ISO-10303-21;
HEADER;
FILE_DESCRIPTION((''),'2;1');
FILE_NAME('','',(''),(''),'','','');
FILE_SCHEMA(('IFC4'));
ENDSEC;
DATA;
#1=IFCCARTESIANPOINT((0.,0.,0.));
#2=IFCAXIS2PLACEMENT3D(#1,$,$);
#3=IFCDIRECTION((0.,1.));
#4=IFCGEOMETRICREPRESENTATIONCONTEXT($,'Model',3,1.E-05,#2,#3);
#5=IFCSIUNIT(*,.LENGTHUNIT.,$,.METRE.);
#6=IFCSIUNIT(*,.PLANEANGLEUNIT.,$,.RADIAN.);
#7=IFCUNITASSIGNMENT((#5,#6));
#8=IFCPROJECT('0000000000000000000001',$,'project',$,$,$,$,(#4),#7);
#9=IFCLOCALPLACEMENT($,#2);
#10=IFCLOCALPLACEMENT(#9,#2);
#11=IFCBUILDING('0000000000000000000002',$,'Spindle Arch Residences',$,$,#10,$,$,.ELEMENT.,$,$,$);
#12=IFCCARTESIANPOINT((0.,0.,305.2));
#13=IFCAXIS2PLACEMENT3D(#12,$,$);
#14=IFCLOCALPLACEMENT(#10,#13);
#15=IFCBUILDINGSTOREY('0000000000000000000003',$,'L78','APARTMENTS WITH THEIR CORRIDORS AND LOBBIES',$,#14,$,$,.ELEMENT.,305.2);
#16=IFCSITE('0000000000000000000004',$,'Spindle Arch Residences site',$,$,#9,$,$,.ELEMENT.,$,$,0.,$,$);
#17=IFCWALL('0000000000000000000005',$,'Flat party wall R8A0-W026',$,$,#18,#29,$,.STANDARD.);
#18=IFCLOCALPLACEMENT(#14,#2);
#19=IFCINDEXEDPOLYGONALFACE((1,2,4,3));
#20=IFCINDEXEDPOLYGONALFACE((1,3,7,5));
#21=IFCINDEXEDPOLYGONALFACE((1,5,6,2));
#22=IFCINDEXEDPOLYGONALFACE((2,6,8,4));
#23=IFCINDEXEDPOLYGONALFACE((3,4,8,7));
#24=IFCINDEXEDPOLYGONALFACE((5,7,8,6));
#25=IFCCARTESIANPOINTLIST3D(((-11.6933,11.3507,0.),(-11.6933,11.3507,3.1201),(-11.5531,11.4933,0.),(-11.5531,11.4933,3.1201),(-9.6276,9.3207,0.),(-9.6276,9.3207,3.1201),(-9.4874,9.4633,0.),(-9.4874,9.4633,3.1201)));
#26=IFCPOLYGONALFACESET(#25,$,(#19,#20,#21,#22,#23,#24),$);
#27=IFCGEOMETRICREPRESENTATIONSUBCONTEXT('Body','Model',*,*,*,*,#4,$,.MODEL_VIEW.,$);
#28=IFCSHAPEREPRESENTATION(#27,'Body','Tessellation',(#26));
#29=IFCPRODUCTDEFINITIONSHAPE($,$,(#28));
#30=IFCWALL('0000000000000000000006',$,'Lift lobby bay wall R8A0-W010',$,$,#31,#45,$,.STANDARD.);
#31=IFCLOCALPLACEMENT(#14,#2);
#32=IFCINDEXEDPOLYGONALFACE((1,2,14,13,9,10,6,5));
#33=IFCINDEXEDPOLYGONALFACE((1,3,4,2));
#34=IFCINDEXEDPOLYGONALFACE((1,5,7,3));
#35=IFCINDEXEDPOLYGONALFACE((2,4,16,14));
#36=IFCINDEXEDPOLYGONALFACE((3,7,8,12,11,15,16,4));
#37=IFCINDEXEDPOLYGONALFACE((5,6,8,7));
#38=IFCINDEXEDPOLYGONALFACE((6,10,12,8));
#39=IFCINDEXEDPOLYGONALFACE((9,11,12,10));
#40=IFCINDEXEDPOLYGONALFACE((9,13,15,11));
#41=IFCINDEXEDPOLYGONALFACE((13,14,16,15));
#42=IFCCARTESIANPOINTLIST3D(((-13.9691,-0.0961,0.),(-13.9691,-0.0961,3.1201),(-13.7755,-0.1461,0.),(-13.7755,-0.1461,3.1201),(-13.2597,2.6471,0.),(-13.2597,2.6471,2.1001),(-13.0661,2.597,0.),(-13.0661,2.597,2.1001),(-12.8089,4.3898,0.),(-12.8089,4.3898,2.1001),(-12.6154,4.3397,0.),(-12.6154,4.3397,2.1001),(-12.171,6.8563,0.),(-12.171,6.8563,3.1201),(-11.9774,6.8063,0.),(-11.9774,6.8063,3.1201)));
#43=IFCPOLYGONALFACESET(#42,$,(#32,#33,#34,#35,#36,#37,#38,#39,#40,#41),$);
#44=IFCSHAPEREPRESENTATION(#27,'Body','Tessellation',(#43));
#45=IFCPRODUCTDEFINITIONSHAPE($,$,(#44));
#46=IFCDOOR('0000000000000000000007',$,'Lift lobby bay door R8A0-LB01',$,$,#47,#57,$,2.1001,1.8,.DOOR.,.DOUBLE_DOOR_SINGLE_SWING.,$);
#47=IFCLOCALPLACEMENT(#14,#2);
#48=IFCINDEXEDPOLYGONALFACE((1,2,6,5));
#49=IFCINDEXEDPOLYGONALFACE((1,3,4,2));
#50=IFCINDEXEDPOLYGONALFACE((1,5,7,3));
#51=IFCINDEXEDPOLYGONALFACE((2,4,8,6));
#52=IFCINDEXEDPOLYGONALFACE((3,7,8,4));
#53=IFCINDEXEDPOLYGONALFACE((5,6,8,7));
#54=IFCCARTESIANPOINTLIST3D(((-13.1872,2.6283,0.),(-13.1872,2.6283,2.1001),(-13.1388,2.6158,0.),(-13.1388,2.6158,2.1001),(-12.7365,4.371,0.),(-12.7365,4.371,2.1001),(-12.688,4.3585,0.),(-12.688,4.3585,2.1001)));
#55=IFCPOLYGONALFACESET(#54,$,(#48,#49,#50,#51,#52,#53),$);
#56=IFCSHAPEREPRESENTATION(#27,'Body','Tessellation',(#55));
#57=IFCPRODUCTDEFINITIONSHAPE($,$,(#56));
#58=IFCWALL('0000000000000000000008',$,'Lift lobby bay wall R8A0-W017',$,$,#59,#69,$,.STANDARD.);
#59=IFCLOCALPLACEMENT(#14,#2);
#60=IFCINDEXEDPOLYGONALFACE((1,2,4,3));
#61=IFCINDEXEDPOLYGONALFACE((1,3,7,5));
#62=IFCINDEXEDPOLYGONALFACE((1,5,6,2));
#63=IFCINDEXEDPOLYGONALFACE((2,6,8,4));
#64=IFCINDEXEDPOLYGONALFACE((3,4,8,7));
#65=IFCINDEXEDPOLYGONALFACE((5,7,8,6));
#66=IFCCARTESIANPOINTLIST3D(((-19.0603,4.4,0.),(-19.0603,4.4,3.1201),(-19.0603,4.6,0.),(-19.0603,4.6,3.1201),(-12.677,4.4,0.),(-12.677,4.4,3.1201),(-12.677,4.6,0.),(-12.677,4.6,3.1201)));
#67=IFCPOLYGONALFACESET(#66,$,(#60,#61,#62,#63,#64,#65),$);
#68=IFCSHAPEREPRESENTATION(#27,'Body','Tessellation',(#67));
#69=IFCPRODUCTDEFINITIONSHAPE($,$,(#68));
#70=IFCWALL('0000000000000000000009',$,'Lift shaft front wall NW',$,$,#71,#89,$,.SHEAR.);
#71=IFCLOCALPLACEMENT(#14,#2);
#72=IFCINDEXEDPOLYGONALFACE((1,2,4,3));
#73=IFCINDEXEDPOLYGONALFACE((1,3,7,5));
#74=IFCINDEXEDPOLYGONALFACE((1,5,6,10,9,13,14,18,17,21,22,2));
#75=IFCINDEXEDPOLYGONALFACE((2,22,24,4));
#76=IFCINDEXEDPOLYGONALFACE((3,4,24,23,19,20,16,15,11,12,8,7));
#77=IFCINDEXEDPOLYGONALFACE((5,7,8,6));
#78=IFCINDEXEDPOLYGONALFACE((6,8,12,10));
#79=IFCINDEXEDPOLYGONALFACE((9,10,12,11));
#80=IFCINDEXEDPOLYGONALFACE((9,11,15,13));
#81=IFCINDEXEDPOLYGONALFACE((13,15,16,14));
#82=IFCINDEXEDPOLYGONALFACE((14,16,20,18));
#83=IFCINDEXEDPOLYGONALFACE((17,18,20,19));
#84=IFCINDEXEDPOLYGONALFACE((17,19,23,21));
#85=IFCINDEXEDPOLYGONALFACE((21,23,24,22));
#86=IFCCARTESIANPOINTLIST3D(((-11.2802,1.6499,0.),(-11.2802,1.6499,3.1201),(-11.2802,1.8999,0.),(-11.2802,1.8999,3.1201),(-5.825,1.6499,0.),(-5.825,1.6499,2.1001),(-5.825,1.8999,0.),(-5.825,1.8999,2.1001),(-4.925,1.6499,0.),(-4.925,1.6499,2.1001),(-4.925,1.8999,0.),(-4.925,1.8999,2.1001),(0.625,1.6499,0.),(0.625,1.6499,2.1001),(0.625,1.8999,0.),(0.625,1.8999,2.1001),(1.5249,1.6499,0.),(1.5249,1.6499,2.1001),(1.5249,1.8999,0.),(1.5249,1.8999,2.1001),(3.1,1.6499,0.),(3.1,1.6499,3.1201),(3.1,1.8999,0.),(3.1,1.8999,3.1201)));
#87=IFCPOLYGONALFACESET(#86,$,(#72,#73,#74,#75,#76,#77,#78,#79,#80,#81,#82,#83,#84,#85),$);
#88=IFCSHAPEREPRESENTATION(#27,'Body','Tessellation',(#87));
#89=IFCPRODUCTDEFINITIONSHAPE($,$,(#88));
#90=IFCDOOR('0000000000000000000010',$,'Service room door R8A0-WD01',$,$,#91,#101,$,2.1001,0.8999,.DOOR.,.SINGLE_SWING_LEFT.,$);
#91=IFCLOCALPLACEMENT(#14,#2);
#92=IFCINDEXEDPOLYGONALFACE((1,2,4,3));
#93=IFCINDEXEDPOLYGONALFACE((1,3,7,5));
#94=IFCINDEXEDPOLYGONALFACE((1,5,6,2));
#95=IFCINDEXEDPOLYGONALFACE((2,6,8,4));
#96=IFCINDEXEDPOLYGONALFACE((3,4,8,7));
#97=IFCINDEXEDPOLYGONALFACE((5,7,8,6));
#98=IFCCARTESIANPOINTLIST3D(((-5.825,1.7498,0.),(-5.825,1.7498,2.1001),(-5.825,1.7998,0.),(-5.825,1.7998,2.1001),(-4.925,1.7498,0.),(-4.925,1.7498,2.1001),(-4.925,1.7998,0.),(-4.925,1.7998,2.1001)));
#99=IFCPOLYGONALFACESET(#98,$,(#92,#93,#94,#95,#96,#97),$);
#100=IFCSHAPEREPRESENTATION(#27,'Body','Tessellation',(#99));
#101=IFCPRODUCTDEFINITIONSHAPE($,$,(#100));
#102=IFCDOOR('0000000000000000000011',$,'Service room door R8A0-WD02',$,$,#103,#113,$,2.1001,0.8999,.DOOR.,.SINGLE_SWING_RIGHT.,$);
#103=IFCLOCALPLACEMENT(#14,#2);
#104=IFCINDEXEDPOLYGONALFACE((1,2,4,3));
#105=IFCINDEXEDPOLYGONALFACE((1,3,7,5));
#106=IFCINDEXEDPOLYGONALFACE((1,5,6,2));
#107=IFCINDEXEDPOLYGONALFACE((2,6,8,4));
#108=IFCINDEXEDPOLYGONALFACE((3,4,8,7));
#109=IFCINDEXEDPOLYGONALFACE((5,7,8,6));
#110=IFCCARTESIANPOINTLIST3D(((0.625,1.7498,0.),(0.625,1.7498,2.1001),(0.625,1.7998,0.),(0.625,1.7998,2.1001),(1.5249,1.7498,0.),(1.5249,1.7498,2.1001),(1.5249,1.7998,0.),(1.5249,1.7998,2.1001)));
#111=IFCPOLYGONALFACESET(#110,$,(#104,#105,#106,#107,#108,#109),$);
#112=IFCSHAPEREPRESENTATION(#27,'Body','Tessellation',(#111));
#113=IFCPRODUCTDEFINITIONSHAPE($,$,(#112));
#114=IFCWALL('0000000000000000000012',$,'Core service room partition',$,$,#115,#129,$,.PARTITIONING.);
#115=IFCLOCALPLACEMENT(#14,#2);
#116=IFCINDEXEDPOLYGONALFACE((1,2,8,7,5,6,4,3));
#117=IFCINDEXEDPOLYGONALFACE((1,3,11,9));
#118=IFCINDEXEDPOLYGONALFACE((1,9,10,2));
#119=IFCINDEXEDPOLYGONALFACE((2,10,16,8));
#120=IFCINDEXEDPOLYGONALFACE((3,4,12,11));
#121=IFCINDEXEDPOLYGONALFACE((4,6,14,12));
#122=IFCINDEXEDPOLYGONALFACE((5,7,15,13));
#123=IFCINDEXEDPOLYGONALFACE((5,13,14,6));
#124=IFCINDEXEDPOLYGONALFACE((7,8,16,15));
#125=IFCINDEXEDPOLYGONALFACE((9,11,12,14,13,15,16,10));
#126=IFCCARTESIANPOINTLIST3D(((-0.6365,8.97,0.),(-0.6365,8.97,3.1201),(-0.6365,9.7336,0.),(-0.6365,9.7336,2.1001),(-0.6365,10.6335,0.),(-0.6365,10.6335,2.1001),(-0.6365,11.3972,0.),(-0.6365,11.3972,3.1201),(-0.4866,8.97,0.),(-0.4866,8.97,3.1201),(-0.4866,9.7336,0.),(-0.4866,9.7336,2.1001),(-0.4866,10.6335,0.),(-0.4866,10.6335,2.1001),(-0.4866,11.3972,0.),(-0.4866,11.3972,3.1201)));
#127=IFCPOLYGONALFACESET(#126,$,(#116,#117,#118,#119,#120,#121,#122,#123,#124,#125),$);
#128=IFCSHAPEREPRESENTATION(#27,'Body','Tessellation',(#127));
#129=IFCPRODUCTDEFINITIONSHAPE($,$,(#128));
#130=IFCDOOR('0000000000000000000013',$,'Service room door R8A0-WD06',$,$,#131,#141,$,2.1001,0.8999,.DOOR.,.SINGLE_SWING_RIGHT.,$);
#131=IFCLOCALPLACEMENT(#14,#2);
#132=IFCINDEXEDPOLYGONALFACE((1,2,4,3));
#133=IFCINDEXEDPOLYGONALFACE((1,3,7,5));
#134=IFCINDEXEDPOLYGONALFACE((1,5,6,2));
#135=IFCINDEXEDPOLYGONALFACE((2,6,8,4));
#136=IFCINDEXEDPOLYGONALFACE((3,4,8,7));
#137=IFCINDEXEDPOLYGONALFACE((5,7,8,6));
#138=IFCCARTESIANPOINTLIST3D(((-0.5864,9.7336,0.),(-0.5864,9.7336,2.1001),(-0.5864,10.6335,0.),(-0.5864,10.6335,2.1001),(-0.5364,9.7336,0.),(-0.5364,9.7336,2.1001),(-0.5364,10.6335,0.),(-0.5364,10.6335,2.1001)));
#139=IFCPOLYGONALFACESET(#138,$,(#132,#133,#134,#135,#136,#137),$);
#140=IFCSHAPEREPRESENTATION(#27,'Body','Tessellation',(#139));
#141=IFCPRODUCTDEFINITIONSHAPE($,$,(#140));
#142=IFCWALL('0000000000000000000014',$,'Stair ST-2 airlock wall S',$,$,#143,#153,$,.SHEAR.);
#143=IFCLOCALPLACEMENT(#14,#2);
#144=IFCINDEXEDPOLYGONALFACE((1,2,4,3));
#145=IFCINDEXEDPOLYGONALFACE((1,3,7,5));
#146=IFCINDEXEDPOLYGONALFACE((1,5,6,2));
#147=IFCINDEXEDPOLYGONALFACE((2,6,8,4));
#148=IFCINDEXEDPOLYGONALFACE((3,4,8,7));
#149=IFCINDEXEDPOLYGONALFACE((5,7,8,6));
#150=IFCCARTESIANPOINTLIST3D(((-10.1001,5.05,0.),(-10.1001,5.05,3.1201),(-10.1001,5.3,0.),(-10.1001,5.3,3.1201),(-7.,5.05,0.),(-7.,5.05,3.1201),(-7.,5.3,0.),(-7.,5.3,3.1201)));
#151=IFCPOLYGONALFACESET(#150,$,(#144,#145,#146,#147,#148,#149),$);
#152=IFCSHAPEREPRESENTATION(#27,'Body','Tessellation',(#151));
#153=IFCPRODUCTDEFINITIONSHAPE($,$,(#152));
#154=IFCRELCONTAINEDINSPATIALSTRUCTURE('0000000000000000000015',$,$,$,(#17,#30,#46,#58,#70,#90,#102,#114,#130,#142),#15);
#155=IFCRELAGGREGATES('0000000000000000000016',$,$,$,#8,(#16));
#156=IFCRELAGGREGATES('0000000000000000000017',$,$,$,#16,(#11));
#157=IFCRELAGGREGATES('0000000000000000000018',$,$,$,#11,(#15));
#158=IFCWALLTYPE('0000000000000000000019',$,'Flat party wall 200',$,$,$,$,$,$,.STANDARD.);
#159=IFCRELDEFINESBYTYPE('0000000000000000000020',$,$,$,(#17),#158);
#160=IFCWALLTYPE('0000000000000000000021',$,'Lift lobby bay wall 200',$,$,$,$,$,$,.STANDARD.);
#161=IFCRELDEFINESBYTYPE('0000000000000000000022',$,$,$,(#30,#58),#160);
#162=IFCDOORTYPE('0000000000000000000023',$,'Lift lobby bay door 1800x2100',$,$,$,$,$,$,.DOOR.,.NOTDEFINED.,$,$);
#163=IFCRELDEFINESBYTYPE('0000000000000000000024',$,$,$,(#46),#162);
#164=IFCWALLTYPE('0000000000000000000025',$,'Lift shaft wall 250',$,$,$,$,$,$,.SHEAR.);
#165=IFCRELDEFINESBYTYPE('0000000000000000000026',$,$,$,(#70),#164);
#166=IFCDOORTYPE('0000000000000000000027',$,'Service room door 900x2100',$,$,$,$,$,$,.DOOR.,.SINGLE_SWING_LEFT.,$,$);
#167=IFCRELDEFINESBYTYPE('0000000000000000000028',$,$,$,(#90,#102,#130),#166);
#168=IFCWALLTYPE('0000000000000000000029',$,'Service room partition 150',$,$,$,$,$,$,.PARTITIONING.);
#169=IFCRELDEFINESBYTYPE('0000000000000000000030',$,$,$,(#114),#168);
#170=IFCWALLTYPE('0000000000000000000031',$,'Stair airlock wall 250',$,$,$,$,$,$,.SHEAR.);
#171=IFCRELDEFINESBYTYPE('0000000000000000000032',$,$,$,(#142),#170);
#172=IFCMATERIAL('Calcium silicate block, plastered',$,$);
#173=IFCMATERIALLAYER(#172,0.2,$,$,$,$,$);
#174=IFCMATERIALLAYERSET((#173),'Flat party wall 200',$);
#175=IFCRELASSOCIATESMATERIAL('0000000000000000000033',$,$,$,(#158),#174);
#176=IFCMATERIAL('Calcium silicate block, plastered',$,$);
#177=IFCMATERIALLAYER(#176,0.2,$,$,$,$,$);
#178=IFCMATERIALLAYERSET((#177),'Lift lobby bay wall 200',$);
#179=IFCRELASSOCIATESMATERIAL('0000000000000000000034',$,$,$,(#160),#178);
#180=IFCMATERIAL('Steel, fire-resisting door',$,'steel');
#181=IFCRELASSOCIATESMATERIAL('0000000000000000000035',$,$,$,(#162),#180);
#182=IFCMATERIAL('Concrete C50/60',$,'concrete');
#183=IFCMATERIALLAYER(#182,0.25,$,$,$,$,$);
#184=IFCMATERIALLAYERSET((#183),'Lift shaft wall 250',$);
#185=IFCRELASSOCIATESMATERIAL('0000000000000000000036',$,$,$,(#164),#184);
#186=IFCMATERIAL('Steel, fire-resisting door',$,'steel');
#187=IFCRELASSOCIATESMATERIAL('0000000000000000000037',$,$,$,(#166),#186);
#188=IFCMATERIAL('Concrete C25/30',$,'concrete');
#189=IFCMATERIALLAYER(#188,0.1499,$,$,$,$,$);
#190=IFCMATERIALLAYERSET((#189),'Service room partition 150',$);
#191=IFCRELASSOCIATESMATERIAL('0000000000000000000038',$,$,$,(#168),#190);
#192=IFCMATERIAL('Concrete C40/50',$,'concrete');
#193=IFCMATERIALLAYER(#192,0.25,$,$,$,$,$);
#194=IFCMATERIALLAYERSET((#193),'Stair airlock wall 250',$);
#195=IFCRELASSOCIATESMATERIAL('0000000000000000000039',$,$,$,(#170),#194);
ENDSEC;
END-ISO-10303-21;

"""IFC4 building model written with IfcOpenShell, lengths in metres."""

from ifc_helpers import new_model, si_unit, direction, frame, frame_2d, origin, place, context, subcontext, project, spatial, rectangle, extrude, material, layer, layer_set, type_object, element, fill, save


model = new_model("IFC4")

# Units and contexts
model_context = context("Model", 3, precision=1e-05, world=origin(), true_north=direction((0.0, 1.0)))
body_context = subcontext(model_context, "Body", "Model", "MODEL_VIEW")
ifc_project = project(units=[si_unit("LENGTHUNIT", "METRE"), si_unit("PLANEANGLEUNIT", "RADIAN")], contexts=[model_context])

# Site, building, storey
site_placement = place(None, origin())
site = spatial("IfcSite", under=ifc_project, at=site_placement, Name="Spindle Arch Residences site", CompositionType="ELEMENT", RefElevation=0.0)
building_placement = place(site_placement, origin())
building = spatial("IfcBuilding", under=site, at=building_placement, Name="Spindle Arch Residences", CompositionType="ELEMENT")
storey_placement = place(building_placement, frame((0.0, 0.0, 305.2)))
storey = spatial("IfcBuildingStorey", under=building, at=storey_placement, Name="L78", Description="APARTMENTS WITH THEIR CORRIDORS AND LOBBIES", CompositionType="ELEMENT", Elevation=305.2)

# Wall
ifc_material_1 = material(Name="Calcium silicate block, plastered")
ifc_layer_1 = layer(ifc_material_1, 0.2)
ifc_layer_set_1 = layer_set([ifc_layer_1], Name="Flat party wall 200")
wall_type_1 = type_object("IfcWallType", Name="Flat party wall 200", PredefinedType="STANDARD", material=ifc_layer_set_1)
wall_1_placement = place(storey_placement, frame((-11.6233, 11.4221, 0.0), z_axis=(0.0, 0.0, 1.0), x_axis=(0.713234, -0.700926, 0.0)))
element("IfcWall", 1, at=wall_1_placement, inside=storey, type_object=wall_type_1, Name="Flat party wall R8A0-W026", PredefinedType="STANDARD", context=body_context, shape_type="SweptSolid", body=[
    extrude(rectangle(XDim=2.8962, YDim=0.2, at=frame_2d((1.4482, 0.0))), origin(), (0.0, 0.0, 1.0), 3.1201),
])

# Wall, opening, door
ifc_material_2 = material(Name="Calcium silicate block, plastered")
ifc_layer_2 = layer(ifc_material_2, 0.2)
ifc_layer_set_2 = layer_set([ifc_layer_2], Name="Lift lobby bay wall 200")
wall_type_2 = type_object("IfcWallType", Name="Lift lobby bay wall 200", PredefinedType="STANDARD", material=ifc_layer_set_2)
wall_2_placement = place(storey_placement, frame((-12.0742, 6.8313, 0.0), z_axis=(0.0, 0.0, 1.0), x_axis=(-0.250391, -0.968145, 0.0)))
wall_2 = element("IfcWall", 2, at=wall_2_placement, inside=storey, type_object=wall_type_2, Name="Lift lobby bay wall R8A0-W010", PredefinedType="STANDARD", context=body_context, shape_type="SweptSolid", body=[
    extrude(rectangle(XDim=7.1812, YDim=0.2, at=frame_2d((3.5906, 0.0))), origin(), (0.0, 0.0, 1.0), 3.1201),
])
opening_1_placement = place(wall_2_placement, frame((2.5479, 0.0, 0.0)))
opening_1 = element("IfcOpeningElement", 3, at=opening_1_placement, cuts=wall_2, PredefinedType="OPENING", context=body_context, shape_type="SweptSolid", body=[
    extrude(rectangle(XDim=1.8, YDim=2.1001, at=frame_2d((0.8999, 1.05))), frame((0.0, 0.1099, 0.0), z_axis=(0.0, -1.0, 0.0), x_axis=(1.0, 0.0, 0.0)), (0.0, 0.0, 1.0), 0.22),
])
ifc_material_3 = material(Name="Steel, fire-resisting door", Category="steel")
door_type_1 = type_object("IfcDoorType", Name="Lift lobby bay door 1800x2100", OperationType="NOTDEFINED", PredefinedType="DOOR", material=ifc_material_3)
door_1_placement = place(opening_1_placement, origin())
door_1 = element("IfcDoor", 4, at=door_1_placement, inside=storey, type_object=door_type_1, Name="Lift lobby bay door R8A0-LB01", OperationType="DOUBLE_DOOR_SINGLE_SWING", OverallHeight=2.1001, OverallWidth=1.8, PredefinedType="DOOR", context=body_context, shape_type="SweptSolid", body=[
    extrude(rectangle(XDim=1.8, YDim=2.1001, at=frame_2d((0.8999, 1.05))), frame((0.0, 0.0249, 0.0), z_axis=(0.0, -1.0, 0.0), x_axis=(1.0, 0.0, 0.0)), (0.0, 0.0, 1.0), 0.05),
])
fill(opening_1, door_1)

# Wall
wall_3_placement = place(storey_placement, frame((-12.677, 4.5, 0.0), z_axis=(0.0, 0.0, 1.0), x_axis=(-1.0, 0.0, 0.0)))
element("IfcWall", 5, at=wall_3_placement, inside=storey, type_object=wall_type_2, Name="Lift lobby bay wall R8A0-W017", PredefinedType="STANDARD", context=body_context, shape_type="SweptSolid", body=[
    extrude(rectangle(XDim=6.3833, YDim=0.2, at=frame_2d((3.1917, 0.0))), origin(), (0.0, 0.0, 1.0), 3.1201),
])

# Wall, openings, doors
ifc_material_4 = material(Name="Concrete C50/60", Category="concrete")
ifc_layer_3 = layer(ifc_material_4, 0.25)
ifc_layer_set_3 = layer_set([ifc_layer_3], Name="Lift shaft wall 250")
wall_type_3 = type_object("IfcWallType", Name="Lift shaft wall 250", PredefinedType="SHEAR", material=ifc_layer_set_3)
wall_4_placement = place(storey_placement, frame((-11.28, 1.7749, 0.0), z_axis=(0.0, 0.0, 1.0), x_axis=(1.0, 0.0, 0.0)))
wall_4 = element("IfcWall", 6, at=wall_4_placement, inside=storey, type_object=wall_type_3, Name="Lift shaft front wall NW", PredefinedType="SHEAR", context=body_context, shape_type="SweptSolid", body=[
    extrude(rectangle(XDim=14.3801, YDim=0.25, at=frame_2d((7.1899, 0.0))), origin(), (0.0, 0.0, 1.0), 3.1201),
])
opening_2_placement = place(wall_4_placement, frame((5.4551, 0.0, 0.0)))
opening_2 = element("IfcOpeningElement", 7, at=opening_2_placement, cuts=wall_4, PredefinedType="OPENING", context=body_context, shape_type="SweptSolid", body=[
    extrude(rectangle(XDim=0.8999, YDim=2.1001, at=frame_2d((0.45, 1.05))), frame((0.0, 0.135, 0.0), z_axis=(0.0, -1.0, 0.0), x_axis=(1.0, 0.0, 0.0)), (0.0, 0.0, 1.0), 0.27),
])
opening_3_placement = place(wall_4_placement, frame((11.905, 0.0, 0.0)))
opening_3 = element("IfcOpeningElement", 8, at=opening_3_placement, cuts=wall_4, PredefinedType="OPENING", context=body_context, shape_type="SweptSolid", body=[
    extrude(rectangle(XDim=0.8999, YDim=2.1001, at=frame_2d((0.45, 1.05))), frame((0.0, 0.135, 0.0), z_axis=(0.0, -1.0, 0.0), x_axis=(1.0, 0.0, 0.0)), (0.0, 0.0, 1.0), 0.27),
])
ifc_material_5 = material(Name="Steel, fire-resisting door", Category="steel")
door_type_2 = type_object("IfcDoorType", Name="Service room door 900x2100", OperationType="SINGLE_SWING_LEFT", PredefinedType="DOOR", material=ifc_material_5)
door_2_placement = place(opening_2_placement, origin())
door_2 = element("IfcDoor", 9, at=door_2_placement, inside=storey, type_object=door_type_2, Name="Service room door R8A0-WD01", OperationType="SINGLE_SWING_LEFT", OverallHeight=2.1001, OverallWidth=0.8999, PredefinedType="DOOR", context=body_context, shape_type="SweptSolid", body=[
    extrude(rectangle(XDim=0.8999, YDim=2.1001, at=frame_2d((0.45, 1.05))), frame((0.0, 0.0249, 0.0), z_axis=(0.0, -1.0, 0.0), x_axis=(1.0, 0.0, 0.0)), (0.0, 0.0, 1.0), 0.05),
])
fill(opening_2, door_2)
door_3_placement = place(opening_3_placement, origin())
door_3 = element("IfcDoor", 10, at=door_3_placement, inside=storey, type_object=door_type_2, Name="Service room door R8A0-WD02", OperationType="SINGLE_SWING_RIGHT", OverallHeight=2.1001, OverallWidth=0.8999, PredefinedType="DOOR", context=body_context, shape_type="SweptSolid", body=[
    extrude(rectangle(XDim=0.8999, YDim=2.1001, at=frame_2d((0.45, 1.05))), frame((0.0, 0.0249, 0.0), z_axis=(0.0, -1.0, 0.0), x_axis=(1.0, 0.0, 0.0)), (0.0, 0.0, 1.0), 0.05),
])
fill(opening_3, door_3)

# Wall, opening, door
ifc_material_6 = material(Name="Concrete C25/30", Category="concrete")
ifc_layer_4 = layer(ifc_material_6, 0.1499)
ifc_layer_set_4 = layer_set([ifc_layer_4], Name="Service room partition 150")
wall_type_4 = type_object("IfcWallType", Name="Service room partition 150", PredefinedType="PARTITIONING", material=ifc_layer_set_4)
wall_5_placement = place(storey_placement, frame((-0.5615, 8.97, 0.0), z_axis=(0.0, 0.0, 1.0), x_axis=(0.0, 1.0, 0.0)))
wall_5 = element("IfcWall", 11, at=wall_5_placement, inside=storey, type_object=wall_type_4, Name="Core service room partition", PredefinedType="PARTITIONING", context=body_context, shape_type="SweptSolid", body=[
    extrude(rectangle(XDim=2.4272, YDim=0.1499, at=frame_2d((1.2136, 0.0))), origin(), (0.0, 0.0, 1.0), 3.1201),
])
opening_4_placement = place(wall_5_placement, frame((0.7637, 0.0, 0.0)))
opening_4 = element("IfcOpeningElement", 12, at=opening_4_placement, cuts=wall_5, PredefinedType="OPENING", context=body_context, shape_type="SweptSolid", body=[
    extrude(rectangle(XDim=0.8999, YDim=2.1001, at=frame_2d((0.45, 1.05))), frame((0.0, 0.085, 0.0), z_axis=(0.0, -1.0, 0.0), x_axis=(1.0, 0.0, 0.0)), (0.0, 0.0, 1.0), 0.1699),
])
door_4_placement = place(opening_4_placement, origin())
door_4 = element("IfcDoor", 13, at=door_4_placement, inside=storey, type_object=door_type_2, Name="Service room door R8A0-WD06", OperationType="SINGLE_SWING_RIGHT", OverallHeight=2.1001, OverallWidth=0.8999, PredefinedType="DOOR", context=body_context, shape_type="SweptSolid", body=[
    extrude(rectangle(XDim=0.8999, YDim=2.1001, at=frame_2d((0.45, 1.05))), frame((0.0, 0.0249, 0.0), z_axis=(0.0, -1.0, 0.0), x_axis=(1.0, 0.0, 0.0)), (0.0, 0.0, 1.0), 0.05),
])
fill(opening_4, door_4)

# Wall
ifc_material_7 = material(Name="Concrete C40/50", Category="concrete")
ifc_layer_5 = layer(ifc_material_7, 0.25)
ifc_layer_set_5 = layer_set([ifc_layer_5], Name="Stair airlock wall 250")
wall_type_5 = type_object("IfcWallType", Name="Stair airlock wall 250", PredefinedType="SHEAR", material=ifc_layer_set_5)
wall_6_placement = place(storey_placement, frame((-7.0, 5.175, 0.0), z_axis=(0.0, 0.0, 1.0), x_axis=(-1.0, 0.0, 0.0)))
element("IfcWall", 14, at=wall_6_placement, inside=storey, type_object=wall_type_5, Name="Stair ST-2 airlock wall S", PredefinedType="SHEAR", context=body_context, shape_type="SweptSolid", body=[
    extrude(rectangle(XDim=3.1001, YDim=0.25, at=frame_2d((1.55, 0.0))), origin(), (0.0, 0.0, 1.0), 3.1201),
])

save(model, "model.ifc")
